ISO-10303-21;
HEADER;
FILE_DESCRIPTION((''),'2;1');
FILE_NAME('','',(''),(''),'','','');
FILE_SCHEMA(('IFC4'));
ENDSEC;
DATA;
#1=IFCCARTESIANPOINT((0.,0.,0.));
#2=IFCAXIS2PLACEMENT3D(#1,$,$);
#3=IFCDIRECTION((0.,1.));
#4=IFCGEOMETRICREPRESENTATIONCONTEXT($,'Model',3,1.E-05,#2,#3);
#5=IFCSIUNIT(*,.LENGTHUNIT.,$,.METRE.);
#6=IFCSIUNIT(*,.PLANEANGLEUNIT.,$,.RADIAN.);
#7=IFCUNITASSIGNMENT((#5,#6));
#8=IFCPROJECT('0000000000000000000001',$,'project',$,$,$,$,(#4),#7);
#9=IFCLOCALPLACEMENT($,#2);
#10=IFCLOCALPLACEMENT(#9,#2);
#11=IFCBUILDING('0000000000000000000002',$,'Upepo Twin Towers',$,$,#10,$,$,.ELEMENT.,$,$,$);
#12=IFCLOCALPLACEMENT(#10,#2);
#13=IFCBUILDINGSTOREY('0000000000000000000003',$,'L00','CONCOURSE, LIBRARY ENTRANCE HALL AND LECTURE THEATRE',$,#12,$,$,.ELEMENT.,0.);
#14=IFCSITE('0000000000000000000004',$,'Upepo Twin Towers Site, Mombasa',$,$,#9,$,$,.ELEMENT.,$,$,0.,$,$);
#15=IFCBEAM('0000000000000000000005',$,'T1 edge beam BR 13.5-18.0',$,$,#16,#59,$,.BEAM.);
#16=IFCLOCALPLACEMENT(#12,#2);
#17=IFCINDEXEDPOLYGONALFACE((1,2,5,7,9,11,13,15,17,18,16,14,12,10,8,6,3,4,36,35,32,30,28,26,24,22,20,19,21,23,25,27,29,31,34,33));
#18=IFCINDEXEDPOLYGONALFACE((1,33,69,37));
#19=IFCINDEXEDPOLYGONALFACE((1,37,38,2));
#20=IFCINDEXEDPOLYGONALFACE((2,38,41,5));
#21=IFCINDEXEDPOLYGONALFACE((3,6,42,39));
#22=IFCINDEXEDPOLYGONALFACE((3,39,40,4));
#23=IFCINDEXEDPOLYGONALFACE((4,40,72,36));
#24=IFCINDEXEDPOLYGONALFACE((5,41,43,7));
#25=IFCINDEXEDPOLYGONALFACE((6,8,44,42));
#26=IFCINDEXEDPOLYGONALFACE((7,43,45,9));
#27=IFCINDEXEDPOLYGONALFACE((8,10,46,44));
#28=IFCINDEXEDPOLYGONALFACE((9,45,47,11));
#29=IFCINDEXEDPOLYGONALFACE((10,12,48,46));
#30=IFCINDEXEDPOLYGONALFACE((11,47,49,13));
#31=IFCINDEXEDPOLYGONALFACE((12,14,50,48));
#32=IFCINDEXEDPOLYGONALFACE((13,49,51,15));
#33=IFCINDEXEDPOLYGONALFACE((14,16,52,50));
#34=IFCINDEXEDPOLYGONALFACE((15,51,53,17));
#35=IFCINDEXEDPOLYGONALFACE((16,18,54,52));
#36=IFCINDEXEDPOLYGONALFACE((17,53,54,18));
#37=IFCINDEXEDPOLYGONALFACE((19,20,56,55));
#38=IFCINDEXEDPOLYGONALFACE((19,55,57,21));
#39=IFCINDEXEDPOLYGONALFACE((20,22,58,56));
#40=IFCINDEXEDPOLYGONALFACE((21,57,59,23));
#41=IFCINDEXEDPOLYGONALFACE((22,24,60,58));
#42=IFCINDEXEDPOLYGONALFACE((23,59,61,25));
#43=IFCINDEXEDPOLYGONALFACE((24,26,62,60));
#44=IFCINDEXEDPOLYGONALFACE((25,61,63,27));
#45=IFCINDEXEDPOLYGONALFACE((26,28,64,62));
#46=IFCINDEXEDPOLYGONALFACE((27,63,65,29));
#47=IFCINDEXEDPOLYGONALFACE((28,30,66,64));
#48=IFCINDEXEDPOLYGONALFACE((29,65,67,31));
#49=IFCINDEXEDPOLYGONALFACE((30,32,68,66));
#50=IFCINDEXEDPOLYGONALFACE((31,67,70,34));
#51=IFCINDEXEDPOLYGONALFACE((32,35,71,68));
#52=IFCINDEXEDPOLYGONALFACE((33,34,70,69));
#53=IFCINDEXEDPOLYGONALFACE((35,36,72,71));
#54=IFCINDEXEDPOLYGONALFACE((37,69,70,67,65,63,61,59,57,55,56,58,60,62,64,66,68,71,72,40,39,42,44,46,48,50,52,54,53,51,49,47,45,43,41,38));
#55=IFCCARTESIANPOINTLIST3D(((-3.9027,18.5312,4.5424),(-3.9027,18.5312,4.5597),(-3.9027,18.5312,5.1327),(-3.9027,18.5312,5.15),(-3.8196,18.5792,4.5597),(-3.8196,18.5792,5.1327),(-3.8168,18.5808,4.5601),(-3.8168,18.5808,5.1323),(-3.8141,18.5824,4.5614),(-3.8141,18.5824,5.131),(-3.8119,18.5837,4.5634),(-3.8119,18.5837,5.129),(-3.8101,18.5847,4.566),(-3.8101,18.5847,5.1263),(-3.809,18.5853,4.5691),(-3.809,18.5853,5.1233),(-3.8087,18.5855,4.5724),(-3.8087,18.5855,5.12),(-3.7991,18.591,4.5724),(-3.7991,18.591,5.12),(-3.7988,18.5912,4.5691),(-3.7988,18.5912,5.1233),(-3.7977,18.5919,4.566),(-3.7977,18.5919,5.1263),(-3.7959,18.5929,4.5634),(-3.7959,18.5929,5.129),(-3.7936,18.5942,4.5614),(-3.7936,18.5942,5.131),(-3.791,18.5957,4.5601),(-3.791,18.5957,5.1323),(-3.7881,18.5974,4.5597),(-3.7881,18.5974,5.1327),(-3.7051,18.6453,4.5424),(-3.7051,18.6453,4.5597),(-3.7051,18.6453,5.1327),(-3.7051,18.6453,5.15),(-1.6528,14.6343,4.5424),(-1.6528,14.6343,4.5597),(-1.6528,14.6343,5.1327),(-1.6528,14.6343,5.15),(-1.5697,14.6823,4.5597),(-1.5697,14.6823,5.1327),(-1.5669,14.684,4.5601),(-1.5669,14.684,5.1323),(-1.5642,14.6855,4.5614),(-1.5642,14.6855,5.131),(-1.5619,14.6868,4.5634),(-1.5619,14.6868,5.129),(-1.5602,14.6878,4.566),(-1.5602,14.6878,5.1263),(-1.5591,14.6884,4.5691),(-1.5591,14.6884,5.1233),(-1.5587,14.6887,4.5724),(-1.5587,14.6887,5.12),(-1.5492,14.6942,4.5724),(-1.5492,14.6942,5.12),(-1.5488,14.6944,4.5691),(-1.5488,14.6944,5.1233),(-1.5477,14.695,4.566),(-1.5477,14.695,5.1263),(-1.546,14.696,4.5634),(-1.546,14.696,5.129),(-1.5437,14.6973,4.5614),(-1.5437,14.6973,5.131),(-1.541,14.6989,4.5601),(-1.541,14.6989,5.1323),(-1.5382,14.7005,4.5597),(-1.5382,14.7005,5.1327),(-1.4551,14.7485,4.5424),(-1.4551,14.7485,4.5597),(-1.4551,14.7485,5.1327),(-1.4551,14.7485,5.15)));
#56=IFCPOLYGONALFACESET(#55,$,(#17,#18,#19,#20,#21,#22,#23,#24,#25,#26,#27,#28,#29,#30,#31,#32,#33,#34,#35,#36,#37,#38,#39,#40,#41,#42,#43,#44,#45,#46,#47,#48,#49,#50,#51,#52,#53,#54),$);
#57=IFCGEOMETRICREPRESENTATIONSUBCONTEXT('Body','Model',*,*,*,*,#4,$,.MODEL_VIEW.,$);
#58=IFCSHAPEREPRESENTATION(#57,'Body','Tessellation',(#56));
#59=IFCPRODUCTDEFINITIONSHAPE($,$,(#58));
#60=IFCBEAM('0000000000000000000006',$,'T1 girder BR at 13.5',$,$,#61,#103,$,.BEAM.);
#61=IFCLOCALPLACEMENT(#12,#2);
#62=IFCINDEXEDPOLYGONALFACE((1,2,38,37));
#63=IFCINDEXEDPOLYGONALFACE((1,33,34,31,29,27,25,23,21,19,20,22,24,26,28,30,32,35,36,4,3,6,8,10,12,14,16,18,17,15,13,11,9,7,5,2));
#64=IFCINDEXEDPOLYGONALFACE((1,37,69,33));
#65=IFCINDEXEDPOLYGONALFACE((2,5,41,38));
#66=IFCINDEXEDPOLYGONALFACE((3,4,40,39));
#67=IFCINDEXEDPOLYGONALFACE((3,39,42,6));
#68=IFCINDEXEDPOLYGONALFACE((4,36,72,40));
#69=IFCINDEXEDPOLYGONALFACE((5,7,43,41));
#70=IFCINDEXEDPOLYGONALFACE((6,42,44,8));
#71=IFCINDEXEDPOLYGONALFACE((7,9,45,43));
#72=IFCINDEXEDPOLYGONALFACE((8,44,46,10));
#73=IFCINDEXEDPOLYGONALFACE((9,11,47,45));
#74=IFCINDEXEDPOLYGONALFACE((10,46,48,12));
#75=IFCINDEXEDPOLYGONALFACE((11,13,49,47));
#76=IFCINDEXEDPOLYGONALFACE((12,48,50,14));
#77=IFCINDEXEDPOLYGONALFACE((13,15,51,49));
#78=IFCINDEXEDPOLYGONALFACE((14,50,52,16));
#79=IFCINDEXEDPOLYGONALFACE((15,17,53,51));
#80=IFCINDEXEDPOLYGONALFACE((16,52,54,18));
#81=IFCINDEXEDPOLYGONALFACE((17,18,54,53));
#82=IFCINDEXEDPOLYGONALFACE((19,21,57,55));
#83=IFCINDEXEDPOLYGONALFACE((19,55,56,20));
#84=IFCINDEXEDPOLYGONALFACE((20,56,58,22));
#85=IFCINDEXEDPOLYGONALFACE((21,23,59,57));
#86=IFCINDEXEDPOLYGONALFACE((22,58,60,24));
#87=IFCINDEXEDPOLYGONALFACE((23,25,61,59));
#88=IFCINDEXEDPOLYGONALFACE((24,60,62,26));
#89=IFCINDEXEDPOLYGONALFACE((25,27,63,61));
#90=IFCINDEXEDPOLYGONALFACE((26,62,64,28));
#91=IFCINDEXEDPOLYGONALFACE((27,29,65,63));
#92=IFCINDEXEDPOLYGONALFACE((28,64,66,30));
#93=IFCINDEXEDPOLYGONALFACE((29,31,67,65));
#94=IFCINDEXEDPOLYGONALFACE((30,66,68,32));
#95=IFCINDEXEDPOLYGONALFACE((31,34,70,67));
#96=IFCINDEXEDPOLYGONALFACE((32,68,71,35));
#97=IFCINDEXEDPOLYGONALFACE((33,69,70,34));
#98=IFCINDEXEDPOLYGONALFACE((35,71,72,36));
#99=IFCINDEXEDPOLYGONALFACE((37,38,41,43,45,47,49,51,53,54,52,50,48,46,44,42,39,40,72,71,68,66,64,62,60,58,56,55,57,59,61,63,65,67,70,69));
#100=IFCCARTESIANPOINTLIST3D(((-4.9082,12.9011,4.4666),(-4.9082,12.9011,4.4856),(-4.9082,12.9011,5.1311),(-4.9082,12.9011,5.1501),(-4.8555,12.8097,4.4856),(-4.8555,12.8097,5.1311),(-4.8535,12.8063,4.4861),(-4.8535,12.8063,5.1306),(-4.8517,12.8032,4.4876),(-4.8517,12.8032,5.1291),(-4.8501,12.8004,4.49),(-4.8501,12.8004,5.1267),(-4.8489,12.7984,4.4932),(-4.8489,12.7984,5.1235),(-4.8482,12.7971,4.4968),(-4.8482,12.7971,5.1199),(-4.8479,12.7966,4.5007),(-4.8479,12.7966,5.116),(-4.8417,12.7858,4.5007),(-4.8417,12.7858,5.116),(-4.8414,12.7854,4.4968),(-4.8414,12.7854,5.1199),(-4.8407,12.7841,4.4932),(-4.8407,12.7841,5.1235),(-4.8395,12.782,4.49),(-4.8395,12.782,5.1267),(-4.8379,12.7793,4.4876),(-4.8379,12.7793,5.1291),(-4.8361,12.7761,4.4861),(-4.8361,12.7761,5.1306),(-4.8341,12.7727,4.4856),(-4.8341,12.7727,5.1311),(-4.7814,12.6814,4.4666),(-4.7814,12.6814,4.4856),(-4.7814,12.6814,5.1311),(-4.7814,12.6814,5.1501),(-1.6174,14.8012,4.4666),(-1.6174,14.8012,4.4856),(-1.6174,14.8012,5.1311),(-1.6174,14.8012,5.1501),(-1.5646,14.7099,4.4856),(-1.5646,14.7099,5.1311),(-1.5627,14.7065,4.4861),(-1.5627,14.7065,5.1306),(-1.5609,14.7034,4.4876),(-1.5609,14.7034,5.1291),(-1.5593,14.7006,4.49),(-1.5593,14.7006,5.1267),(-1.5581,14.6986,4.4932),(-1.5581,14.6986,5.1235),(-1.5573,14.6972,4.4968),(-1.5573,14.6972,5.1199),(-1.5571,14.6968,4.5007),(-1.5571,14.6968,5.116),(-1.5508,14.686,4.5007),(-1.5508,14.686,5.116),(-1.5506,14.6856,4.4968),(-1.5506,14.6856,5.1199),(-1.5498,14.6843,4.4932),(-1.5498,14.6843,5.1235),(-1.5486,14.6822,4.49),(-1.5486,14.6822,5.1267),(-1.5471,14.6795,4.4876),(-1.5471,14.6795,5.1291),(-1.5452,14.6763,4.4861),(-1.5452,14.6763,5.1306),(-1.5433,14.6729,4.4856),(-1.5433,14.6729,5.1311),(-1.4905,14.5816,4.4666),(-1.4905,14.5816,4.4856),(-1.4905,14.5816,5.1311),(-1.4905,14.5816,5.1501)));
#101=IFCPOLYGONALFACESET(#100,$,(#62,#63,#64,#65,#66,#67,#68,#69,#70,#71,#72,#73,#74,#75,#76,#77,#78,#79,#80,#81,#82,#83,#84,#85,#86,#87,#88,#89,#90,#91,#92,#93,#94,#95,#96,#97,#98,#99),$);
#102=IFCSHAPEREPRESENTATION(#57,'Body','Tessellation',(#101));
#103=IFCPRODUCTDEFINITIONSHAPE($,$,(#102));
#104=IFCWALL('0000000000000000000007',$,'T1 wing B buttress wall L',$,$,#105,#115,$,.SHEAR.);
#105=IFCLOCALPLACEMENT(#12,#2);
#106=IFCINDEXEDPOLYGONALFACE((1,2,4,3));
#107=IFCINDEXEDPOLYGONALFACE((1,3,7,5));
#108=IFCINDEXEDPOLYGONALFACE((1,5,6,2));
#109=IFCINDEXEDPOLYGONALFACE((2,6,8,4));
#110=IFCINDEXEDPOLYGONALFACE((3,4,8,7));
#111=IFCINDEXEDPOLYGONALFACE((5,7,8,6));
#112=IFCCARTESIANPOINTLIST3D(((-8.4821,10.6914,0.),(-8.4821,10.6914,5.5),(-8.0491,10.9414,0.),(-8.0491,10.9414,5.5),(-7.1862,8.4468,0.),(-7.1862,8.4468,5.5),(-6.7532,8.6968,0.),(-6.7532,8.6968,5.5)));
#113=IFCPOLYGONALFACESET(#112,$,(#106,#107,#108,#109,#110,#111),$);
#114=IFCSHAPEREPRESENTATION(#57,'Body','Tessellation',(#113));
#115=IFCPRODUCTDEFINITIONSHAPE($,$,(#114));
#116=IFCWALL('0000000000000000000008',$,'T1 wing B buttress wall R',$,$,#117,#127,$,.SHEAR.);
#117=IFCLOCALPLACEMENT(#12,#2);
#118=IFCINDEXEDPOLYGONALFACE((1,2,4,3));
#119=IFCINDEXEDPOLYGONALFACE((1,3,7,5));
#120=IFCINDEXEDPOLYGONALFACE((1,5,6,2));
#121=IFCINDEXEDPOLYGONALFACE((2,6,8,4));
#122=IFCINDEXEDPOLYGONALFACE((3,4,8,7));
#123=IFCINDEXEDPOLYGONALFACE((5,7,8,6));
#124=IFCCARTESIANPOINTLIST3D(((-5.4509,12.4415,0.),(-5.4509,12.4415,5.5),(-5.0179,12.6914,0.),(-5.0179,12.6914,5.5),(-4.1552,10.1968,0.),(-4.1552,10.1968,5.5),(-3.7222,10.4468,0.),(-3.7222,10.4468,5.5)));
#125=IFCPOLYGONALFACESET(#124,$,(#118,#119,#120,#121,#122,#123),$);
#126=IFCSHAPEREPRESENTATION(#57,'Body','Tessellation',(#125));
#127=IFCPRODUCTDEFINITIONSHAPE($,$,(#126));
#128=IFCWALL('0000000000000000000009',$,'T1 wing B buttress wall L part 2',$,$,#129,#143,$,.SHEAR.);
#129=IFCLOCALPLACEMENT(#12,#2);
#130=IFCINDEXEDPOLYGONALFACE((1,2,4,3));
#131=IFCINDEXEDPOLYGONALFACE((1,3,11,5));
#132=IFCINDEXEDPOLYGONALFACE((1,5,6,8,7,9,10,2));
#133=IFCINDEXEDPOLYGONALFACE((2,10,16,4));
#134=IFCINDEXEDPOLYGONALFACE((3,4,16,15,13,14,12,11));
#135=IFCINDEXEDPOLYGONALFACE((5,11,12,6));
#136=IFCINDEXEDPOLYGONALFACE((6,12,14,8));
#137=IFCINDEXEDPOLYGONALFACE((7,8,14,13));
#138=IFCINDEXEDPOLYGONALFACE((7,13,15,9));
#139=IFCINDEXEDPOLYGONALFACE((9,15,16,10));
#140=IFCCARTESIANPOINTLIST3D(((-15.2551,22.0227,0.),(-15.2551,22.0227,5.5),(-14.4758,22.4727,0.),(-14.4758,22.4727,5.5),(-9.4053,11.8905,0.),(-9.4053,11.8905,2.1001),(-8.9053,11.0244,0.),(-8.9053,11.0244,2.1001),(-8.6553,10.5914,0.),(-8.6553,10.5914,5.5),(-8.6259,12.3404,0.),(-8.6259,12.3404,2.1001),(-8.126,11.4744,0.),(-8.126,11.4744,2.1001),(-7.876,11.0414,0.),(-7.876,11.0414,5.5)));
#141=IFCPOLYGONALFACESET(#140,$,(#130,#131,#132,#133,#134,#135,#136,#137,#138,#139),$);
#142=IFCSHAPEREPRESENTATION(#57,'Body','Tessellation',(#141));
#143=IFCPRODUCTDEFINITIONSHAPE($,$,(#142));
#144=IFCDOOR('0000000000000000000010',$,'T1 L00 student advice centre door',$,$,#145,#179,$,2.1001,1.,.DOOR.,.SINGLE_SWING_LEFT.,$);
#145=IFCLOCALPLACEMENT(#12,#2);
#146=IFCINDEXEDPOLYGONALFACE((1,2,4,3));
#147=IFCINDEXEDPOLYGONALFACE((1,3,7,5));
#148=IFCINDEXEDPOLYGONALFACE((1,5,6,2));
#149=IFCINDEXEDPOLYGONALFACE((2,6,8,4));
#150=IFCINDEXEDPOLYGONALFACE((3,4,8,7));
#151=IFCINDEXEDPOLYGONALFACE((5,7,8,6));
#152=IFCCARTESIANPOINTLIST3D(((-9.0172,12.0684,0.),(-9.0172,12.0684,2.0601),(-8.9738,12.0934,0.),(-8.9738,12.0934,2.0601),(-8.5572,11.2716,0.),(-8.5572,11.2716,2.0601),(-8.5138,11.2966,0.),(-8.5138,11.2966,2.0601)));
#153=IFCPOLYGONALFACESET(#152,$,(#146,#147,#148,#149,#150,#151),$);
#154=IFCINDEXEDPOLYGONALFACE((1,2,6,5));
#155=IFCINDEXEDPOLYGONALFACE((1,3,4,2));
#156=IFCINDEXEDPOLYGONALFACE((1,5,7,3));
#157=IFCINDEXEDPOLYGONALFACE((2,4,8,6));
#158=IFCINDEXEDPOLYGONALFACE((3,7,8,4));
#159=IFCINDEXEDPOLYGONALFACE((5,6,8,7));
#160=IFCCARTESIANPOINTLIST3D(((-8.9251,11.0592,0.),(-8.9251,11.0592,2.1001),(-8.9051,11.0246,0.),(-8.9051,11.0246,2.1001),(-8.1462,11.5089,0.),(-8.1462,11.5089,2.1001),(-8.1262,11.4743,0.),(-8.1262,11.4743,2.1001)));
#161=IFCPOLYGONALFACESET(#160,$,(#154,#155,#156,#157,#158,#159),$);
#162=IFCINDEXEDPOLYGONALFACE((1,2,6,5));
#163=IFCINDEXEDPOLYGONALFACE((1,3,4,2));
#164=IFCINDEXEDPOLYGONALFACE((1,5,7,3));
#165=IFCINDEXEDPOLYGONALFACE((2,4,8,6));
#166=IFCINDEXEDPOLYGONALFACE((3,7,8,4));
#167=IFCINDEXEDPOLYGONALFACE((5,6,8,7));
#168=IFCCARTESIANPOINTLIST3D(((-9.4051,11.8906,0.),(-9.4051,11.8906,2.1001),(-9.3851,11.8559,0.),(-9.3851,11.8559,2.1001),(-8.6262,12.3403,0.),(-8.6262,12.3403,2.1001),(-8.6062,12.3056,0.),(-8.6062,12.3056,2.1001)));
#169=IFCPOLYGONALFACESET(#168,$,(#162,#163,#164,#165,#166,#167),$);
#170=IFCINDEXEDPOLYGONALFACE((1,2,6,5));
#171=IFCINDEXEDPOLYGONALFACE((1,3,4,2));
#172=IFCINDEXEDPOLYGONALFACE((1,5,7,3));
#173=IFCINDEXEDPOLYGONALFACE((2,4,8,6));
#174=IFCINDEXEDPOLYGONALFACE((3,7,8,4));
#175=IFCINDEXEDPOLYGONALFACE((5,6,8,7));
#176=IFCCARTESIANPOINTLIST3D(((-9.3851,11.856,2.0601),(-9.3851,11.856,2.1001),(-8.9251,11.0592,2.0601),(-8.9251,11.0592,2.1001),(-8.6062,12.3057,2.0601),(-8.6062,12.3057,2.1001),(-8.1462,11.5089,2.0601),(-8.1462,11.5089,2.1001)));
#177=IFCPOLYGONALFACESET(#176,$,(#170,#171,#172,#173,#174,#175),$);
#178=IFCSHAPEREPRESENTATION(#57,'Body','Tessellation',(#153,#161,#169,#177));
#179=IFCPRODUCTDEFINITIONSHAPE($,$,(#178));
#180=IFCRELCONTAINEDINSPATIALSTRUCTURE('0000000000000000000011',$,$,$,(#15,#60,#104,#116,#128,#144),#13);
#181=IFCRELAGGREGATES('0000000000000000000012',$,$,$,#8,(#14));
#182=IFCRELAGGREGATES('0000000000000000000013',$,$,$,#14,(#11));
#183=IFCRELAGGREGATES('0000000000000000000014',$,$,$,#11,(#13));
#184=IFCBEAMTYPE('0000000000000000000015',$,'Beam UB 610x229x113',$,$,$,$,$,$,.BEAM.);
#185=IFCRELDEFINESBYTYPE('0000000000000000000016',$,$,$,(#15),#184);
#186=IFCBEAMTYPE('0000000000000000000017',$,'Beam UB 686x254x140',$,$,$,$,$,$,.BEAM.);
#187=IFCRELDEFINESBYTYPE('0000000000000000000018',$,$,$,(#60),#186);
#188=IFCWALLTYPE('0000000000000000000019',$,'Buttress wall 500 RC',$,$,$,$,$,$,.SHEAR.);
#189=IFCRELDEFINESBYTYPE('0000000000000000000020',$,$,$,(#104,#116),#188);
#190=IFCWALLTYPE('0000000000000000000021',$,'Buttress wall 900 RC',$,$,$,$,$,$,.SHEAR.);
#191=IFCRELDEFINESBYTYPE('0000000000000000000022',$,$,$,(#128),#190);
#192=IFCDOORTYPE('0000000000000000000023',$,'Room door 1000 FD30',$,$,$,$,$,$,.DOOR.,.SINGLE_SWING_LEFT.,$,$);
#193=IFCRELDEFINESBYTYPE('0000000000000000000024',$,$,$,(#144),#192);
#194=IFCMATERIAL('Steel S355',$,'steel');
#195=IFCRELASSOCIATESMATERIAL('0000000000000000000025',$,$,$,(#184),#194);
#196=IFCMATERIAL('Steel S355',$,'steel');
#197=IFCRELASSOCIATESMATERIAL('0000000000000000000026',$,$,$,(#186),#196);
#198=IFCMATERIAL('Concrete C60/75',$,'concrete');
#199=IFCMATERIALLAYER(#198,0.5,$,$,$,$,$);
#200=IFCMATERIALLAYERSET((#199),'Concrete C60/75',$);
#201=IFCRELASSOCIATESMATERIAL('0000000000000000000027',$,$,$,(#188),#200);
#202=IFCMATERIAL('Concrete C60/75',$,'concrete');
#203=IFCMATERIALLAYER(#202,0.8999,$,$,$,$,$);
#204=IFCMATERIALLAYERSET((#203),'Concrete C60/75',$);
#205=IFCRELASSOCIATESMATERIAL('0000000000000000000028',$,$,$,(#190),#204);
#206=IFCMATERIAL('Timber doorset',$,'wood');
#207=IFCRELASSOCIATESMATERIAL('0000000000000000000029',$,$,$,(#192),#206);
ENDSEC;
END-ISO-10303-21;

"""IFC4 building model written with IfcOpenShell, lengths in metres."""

from ifc_helpers import new_model, si_unit, direction, frame, frame_2d, origin, origin_2d, place, context, subcontext, project, spatial, rectangle, i_section, extrude, material, layer, layer_set, material_profile, profile_set, type_object, element, fill, save


model = new_model("IFC4")

# Units and contexts
model_context = context("Model", 3, precision=1e-05, world=origin(), true_north=direction((0.0, 1.0)))
body_context = subcontext(model_context, "Body", "Model", "MODEL_VIEW")
ifc_project = project(units=[si_unit("LENGTHUNIT", "METRE"), si_unit("PLANEANGLEUNIT", "RADIAN")], contexts=[model_context])

# Site, building, storey
site_placement = place(None, origin())
site = spatial("IfcSite", under=ifc_project, at=site_placement, Name="Upepo Twin Towers Site, Mombasa", CompositionType="ELEMENT", RefElevation=0.0)
building_placement = place(site_placement, origin())
building = spatial("IfcBuilding", under=site, at=building_placement, Name="Upepo Twin Towers", CompositionType="ELEMENT")
storey_placement = place(building_placement, origin())
storey = spatial("IfcBuildingStorey", under=building, at=storey_placement, Name="L00", Description="CONCOURSE, LIBRARY ENTRANCE HALL AND LECTURE THEATRE", CompositionType="ELEMENT", Elevation=0.0)

# Beams
ifc_material_1 = material(Name="Steel S355", Category="steel")
ifc_material_profile_1 = material_profile(ifc_material_1, i_section(OverallWidth=0.2283, OverallDepth=0.6077, WebThickness=0.011, FlangeThickness=0.0173, FilletRadius=0.0127, at=origin_2d()), Name="UB 610x229x113")
ifc_profile_set_1 = profile_set([ifc_material_profile_1], Name="Steel S355")
beam_type_1 = type_object("IfcBeamType", Name="Beam UB 610x229x113", PredefinedType="BEAM", material=ifc_profile_set_1)
beam_1_placement = place(storey_placement, frame((-1.554, 14.6914, 4.8462), z_axis=(-0.500014, 0.866018, 0.0), x_axis=(-0.866018, -0.500014, 0.0)))
element("IfcBeam", 1, at=beam_1_placement, inside=storey, type_object=beam_type_1, Name="T1 edge beam BR 13.5-18.0", PredefinedType="BEAM", context=body_context, shape_type="SweptSolid", body=[
    extrude(i_section(OverallWidth=0.2283, OverallDepth=0.6077, WebThickness=0.011, FlangeThickness=0.0173, FilletRadius=0.0127, at=origin_2d()), origin(), (0.0, 0.0, 1.0), 4.4998),
])
ifc_material_2 = material(Name="Steel S355", Category="steel")
ifc_material_profile_2 = material_profile(ifc_material_2, i_section(OverallWidth=0.2537, OverallDepth=0.6836, WebThickness=0.0125, FlangeThickness=0.019, FilletRadius=0.0151, at=origin_2d()), Name="UB 686x254x140")
ifc_profile_set_2 = profile_set([ifc_material_profile_2], Name="Steel S355")
beam_type_2 = type_object("IfcBeamType", Name="Beam UB 686x254x140", PredefinedType="BEAM", material=ifc_profile_set_2)
beam_2_placement = place(storey_placement, frame((-1.554, 14.6914, 4.8083), z_axis=(-0.866, -0.500043, 0.0), x_axis=(0.500043, -0.866, 0.0)))
element("IfcBeam", 2, at=beam_2_placement, inside=storey, type_object=beam_type_2, Name="T1 girder BR at 13.5", PredefinedType="BEAM", context=body_context, shape_type="SweptSolid", body=[
    extrude(i_section(OverallWidth=0.2537, OverallDepth=0.6836, WebThickness=0.0125, FlangeThickness=0.019, FilletRadius=0.0151, at=origin_2d()), origin(), (0.0, 0.0, 1.0), 3.8),
])

# Walls
ifc_material_3 = material(Name="Concrete C60/75", Category="concrete")
ifc_layer_1 = layer(ifc_material_3, 0.5)
ifc_layer_set_1 = layer_set([ifc_layer_1], Name="Concrete C60/75")
wall_type_1 = type_object("IfcWallType", Name="Buttress wall 500 RC", PredefinedType="SHEAR", material=ifc_layer_set_1)
for number, where, z_axis, x_axis, name in (
    (3, (-6.9697, 8.5718, 0.0), (0.0, 0.0, 1.0), (-0.499989, 0.866032, 0.0), "T1 wing B buttress wall L"),
    (4, (-3.9387, 10.3218, 0.0), (0.0, 0.0, 1.0), (-0.499918, 0.866073, 0.0), "T1 wing B buttress wall R"),
):
    element("IfcWall", number, at=place(storey_placement, frame(where, z_axis=z_axis, x_axis=x_axis)), inside=storey, type_object=wall_type_1, Name=name, PredefinedType="SHEAR", context=body_context, shape_type="SweptSolid", body=[
        extrude(rectangle(XDim=2.5918, YDim=0.5, at=frame_2d((1.2959, 0.0))), origin(), (0.0, 0.0, 1.0), 5.5),
    ])

# Wall, opening, door
ifc_material_4 = material(Name="Concrete C60/75", Category="concrete")
ifc_layer_2 = layer(ifc_material_4, 0.8999)
ifc_layer_set_2 = layer_set([ifc_layer_2], Name="Concrete C60/75")
wall_type_2 = type_object("IfcWallType", Name="Buttress wall 900 RC", PredefinedType="SHEAR", material=ifc_layer_set_2)
wall_1_placement = place(storey_placement, frame((-8.2656, 10.8164, 0.0), z_axis=(0.0, 0.0, 1.0), x_axis=(-0.499996, 0.866028, 0.0)))
wall_1 = element("IfcWall", 5, at=wall_1_placement, inside=storey, type_object=wall_type_2, Name="T1 wing B buttress wall L part 2", PredefinedType="SHEAR", context=body_context, shape_type="SweptSolid", body=[
    extrude(rectangle(XDim=13.1997, YDim=0.8999, at=frame_2d((6.5999, 0.0))), origin(), (0.0, 0.0, 1.0), 5.5),
])
opening_1_placement = place(wall_1_placement, frame((0.5, 0.0, 0.0)))
opening_1 = element("IfcOpeningElement", 6, at=opening_1_placement, cuts=wall_1, PredefinedType="OPENING", context=body_context, shape_type="SweptSolid", body=[
    extrude(rectangle(XDim=1.0, YDim=2.1001, at=frame_2d((0.5, 1.05))), frame((0.0, 0.46, 0.0), z_axis=(0.0, -1.0, 0.0), x_axis=(1.0, 0.0, 0.0)), (0.0, 0.0, 1.0), 0.9199),
])
ifc_material_5 = material(Name="Timber doorset", Category="wood")
door_type_1 = type_object("IfcDoorType", Name="Room door 1000 FD30", OperationType="SINGLE_SWING_LEFT", PredefinedType="DOOR", material=ifc_material_5)
door_1_placement = place(opening_1_placement, origin())
door_1 = element("IfcDoor", 7, at=door_1_placement, inside=storey, type_object=door_type_1, Name="T1 L00 student advice centre door", OperationType="SINGLE_SWING_LEFT", OverallHeight=2.1001, OverallWidth=1.0, PredefinedType="DOOR", context=body_context, shape_type="SweptSolid", body=[
    extrude(rectangle(XDim=0.92, YDim=2.0601, at=frame_2d((0.5, 1.03))), frame((0.0, 0.0249, 0.0), z_axis=(0.0, -1.0, 0.0), x_axis=(1.0, 0.0, 0.0)), (0.0, 0.0, 1.0), 0.05),
    extrude(rectangle(XDim=0.04, YDim=2.1001, at=frame_2d((0.02, 1.05))), frame((0.0, 0.4497, 0.0), z_axis=(0.0, -1.0, 0.0), x_axis=(1.0, 0.0, 0.0)), (0.0, 0.0, 1.0), 0.8994),
    extrude(rectangle(XDim=0.04, YDim=2.1001, at=frame_2d((0.98, 1.05))), frame((0.0, 0.4497, 0.0), z_axis=(0.0, -1.0, 0.0), x_axis=(1.0, 0.0, 0.0)), (0.0, 0.0, 1.0), 0.8994),
    extrude(rectangle(XDim=0.92, YDim=0.04, at=frame_2d((0.5, 2.0801))), frame((0.0, 0.4497, 0.0), z_axis=(0.0, -1.0, 0.0), x_axis=(1.0, 0.0, 0.0)), (0.0, 0.0, 1.0), 0.8994),
])
fill(opening_1, door_1)

save(model, "model.ifc")
